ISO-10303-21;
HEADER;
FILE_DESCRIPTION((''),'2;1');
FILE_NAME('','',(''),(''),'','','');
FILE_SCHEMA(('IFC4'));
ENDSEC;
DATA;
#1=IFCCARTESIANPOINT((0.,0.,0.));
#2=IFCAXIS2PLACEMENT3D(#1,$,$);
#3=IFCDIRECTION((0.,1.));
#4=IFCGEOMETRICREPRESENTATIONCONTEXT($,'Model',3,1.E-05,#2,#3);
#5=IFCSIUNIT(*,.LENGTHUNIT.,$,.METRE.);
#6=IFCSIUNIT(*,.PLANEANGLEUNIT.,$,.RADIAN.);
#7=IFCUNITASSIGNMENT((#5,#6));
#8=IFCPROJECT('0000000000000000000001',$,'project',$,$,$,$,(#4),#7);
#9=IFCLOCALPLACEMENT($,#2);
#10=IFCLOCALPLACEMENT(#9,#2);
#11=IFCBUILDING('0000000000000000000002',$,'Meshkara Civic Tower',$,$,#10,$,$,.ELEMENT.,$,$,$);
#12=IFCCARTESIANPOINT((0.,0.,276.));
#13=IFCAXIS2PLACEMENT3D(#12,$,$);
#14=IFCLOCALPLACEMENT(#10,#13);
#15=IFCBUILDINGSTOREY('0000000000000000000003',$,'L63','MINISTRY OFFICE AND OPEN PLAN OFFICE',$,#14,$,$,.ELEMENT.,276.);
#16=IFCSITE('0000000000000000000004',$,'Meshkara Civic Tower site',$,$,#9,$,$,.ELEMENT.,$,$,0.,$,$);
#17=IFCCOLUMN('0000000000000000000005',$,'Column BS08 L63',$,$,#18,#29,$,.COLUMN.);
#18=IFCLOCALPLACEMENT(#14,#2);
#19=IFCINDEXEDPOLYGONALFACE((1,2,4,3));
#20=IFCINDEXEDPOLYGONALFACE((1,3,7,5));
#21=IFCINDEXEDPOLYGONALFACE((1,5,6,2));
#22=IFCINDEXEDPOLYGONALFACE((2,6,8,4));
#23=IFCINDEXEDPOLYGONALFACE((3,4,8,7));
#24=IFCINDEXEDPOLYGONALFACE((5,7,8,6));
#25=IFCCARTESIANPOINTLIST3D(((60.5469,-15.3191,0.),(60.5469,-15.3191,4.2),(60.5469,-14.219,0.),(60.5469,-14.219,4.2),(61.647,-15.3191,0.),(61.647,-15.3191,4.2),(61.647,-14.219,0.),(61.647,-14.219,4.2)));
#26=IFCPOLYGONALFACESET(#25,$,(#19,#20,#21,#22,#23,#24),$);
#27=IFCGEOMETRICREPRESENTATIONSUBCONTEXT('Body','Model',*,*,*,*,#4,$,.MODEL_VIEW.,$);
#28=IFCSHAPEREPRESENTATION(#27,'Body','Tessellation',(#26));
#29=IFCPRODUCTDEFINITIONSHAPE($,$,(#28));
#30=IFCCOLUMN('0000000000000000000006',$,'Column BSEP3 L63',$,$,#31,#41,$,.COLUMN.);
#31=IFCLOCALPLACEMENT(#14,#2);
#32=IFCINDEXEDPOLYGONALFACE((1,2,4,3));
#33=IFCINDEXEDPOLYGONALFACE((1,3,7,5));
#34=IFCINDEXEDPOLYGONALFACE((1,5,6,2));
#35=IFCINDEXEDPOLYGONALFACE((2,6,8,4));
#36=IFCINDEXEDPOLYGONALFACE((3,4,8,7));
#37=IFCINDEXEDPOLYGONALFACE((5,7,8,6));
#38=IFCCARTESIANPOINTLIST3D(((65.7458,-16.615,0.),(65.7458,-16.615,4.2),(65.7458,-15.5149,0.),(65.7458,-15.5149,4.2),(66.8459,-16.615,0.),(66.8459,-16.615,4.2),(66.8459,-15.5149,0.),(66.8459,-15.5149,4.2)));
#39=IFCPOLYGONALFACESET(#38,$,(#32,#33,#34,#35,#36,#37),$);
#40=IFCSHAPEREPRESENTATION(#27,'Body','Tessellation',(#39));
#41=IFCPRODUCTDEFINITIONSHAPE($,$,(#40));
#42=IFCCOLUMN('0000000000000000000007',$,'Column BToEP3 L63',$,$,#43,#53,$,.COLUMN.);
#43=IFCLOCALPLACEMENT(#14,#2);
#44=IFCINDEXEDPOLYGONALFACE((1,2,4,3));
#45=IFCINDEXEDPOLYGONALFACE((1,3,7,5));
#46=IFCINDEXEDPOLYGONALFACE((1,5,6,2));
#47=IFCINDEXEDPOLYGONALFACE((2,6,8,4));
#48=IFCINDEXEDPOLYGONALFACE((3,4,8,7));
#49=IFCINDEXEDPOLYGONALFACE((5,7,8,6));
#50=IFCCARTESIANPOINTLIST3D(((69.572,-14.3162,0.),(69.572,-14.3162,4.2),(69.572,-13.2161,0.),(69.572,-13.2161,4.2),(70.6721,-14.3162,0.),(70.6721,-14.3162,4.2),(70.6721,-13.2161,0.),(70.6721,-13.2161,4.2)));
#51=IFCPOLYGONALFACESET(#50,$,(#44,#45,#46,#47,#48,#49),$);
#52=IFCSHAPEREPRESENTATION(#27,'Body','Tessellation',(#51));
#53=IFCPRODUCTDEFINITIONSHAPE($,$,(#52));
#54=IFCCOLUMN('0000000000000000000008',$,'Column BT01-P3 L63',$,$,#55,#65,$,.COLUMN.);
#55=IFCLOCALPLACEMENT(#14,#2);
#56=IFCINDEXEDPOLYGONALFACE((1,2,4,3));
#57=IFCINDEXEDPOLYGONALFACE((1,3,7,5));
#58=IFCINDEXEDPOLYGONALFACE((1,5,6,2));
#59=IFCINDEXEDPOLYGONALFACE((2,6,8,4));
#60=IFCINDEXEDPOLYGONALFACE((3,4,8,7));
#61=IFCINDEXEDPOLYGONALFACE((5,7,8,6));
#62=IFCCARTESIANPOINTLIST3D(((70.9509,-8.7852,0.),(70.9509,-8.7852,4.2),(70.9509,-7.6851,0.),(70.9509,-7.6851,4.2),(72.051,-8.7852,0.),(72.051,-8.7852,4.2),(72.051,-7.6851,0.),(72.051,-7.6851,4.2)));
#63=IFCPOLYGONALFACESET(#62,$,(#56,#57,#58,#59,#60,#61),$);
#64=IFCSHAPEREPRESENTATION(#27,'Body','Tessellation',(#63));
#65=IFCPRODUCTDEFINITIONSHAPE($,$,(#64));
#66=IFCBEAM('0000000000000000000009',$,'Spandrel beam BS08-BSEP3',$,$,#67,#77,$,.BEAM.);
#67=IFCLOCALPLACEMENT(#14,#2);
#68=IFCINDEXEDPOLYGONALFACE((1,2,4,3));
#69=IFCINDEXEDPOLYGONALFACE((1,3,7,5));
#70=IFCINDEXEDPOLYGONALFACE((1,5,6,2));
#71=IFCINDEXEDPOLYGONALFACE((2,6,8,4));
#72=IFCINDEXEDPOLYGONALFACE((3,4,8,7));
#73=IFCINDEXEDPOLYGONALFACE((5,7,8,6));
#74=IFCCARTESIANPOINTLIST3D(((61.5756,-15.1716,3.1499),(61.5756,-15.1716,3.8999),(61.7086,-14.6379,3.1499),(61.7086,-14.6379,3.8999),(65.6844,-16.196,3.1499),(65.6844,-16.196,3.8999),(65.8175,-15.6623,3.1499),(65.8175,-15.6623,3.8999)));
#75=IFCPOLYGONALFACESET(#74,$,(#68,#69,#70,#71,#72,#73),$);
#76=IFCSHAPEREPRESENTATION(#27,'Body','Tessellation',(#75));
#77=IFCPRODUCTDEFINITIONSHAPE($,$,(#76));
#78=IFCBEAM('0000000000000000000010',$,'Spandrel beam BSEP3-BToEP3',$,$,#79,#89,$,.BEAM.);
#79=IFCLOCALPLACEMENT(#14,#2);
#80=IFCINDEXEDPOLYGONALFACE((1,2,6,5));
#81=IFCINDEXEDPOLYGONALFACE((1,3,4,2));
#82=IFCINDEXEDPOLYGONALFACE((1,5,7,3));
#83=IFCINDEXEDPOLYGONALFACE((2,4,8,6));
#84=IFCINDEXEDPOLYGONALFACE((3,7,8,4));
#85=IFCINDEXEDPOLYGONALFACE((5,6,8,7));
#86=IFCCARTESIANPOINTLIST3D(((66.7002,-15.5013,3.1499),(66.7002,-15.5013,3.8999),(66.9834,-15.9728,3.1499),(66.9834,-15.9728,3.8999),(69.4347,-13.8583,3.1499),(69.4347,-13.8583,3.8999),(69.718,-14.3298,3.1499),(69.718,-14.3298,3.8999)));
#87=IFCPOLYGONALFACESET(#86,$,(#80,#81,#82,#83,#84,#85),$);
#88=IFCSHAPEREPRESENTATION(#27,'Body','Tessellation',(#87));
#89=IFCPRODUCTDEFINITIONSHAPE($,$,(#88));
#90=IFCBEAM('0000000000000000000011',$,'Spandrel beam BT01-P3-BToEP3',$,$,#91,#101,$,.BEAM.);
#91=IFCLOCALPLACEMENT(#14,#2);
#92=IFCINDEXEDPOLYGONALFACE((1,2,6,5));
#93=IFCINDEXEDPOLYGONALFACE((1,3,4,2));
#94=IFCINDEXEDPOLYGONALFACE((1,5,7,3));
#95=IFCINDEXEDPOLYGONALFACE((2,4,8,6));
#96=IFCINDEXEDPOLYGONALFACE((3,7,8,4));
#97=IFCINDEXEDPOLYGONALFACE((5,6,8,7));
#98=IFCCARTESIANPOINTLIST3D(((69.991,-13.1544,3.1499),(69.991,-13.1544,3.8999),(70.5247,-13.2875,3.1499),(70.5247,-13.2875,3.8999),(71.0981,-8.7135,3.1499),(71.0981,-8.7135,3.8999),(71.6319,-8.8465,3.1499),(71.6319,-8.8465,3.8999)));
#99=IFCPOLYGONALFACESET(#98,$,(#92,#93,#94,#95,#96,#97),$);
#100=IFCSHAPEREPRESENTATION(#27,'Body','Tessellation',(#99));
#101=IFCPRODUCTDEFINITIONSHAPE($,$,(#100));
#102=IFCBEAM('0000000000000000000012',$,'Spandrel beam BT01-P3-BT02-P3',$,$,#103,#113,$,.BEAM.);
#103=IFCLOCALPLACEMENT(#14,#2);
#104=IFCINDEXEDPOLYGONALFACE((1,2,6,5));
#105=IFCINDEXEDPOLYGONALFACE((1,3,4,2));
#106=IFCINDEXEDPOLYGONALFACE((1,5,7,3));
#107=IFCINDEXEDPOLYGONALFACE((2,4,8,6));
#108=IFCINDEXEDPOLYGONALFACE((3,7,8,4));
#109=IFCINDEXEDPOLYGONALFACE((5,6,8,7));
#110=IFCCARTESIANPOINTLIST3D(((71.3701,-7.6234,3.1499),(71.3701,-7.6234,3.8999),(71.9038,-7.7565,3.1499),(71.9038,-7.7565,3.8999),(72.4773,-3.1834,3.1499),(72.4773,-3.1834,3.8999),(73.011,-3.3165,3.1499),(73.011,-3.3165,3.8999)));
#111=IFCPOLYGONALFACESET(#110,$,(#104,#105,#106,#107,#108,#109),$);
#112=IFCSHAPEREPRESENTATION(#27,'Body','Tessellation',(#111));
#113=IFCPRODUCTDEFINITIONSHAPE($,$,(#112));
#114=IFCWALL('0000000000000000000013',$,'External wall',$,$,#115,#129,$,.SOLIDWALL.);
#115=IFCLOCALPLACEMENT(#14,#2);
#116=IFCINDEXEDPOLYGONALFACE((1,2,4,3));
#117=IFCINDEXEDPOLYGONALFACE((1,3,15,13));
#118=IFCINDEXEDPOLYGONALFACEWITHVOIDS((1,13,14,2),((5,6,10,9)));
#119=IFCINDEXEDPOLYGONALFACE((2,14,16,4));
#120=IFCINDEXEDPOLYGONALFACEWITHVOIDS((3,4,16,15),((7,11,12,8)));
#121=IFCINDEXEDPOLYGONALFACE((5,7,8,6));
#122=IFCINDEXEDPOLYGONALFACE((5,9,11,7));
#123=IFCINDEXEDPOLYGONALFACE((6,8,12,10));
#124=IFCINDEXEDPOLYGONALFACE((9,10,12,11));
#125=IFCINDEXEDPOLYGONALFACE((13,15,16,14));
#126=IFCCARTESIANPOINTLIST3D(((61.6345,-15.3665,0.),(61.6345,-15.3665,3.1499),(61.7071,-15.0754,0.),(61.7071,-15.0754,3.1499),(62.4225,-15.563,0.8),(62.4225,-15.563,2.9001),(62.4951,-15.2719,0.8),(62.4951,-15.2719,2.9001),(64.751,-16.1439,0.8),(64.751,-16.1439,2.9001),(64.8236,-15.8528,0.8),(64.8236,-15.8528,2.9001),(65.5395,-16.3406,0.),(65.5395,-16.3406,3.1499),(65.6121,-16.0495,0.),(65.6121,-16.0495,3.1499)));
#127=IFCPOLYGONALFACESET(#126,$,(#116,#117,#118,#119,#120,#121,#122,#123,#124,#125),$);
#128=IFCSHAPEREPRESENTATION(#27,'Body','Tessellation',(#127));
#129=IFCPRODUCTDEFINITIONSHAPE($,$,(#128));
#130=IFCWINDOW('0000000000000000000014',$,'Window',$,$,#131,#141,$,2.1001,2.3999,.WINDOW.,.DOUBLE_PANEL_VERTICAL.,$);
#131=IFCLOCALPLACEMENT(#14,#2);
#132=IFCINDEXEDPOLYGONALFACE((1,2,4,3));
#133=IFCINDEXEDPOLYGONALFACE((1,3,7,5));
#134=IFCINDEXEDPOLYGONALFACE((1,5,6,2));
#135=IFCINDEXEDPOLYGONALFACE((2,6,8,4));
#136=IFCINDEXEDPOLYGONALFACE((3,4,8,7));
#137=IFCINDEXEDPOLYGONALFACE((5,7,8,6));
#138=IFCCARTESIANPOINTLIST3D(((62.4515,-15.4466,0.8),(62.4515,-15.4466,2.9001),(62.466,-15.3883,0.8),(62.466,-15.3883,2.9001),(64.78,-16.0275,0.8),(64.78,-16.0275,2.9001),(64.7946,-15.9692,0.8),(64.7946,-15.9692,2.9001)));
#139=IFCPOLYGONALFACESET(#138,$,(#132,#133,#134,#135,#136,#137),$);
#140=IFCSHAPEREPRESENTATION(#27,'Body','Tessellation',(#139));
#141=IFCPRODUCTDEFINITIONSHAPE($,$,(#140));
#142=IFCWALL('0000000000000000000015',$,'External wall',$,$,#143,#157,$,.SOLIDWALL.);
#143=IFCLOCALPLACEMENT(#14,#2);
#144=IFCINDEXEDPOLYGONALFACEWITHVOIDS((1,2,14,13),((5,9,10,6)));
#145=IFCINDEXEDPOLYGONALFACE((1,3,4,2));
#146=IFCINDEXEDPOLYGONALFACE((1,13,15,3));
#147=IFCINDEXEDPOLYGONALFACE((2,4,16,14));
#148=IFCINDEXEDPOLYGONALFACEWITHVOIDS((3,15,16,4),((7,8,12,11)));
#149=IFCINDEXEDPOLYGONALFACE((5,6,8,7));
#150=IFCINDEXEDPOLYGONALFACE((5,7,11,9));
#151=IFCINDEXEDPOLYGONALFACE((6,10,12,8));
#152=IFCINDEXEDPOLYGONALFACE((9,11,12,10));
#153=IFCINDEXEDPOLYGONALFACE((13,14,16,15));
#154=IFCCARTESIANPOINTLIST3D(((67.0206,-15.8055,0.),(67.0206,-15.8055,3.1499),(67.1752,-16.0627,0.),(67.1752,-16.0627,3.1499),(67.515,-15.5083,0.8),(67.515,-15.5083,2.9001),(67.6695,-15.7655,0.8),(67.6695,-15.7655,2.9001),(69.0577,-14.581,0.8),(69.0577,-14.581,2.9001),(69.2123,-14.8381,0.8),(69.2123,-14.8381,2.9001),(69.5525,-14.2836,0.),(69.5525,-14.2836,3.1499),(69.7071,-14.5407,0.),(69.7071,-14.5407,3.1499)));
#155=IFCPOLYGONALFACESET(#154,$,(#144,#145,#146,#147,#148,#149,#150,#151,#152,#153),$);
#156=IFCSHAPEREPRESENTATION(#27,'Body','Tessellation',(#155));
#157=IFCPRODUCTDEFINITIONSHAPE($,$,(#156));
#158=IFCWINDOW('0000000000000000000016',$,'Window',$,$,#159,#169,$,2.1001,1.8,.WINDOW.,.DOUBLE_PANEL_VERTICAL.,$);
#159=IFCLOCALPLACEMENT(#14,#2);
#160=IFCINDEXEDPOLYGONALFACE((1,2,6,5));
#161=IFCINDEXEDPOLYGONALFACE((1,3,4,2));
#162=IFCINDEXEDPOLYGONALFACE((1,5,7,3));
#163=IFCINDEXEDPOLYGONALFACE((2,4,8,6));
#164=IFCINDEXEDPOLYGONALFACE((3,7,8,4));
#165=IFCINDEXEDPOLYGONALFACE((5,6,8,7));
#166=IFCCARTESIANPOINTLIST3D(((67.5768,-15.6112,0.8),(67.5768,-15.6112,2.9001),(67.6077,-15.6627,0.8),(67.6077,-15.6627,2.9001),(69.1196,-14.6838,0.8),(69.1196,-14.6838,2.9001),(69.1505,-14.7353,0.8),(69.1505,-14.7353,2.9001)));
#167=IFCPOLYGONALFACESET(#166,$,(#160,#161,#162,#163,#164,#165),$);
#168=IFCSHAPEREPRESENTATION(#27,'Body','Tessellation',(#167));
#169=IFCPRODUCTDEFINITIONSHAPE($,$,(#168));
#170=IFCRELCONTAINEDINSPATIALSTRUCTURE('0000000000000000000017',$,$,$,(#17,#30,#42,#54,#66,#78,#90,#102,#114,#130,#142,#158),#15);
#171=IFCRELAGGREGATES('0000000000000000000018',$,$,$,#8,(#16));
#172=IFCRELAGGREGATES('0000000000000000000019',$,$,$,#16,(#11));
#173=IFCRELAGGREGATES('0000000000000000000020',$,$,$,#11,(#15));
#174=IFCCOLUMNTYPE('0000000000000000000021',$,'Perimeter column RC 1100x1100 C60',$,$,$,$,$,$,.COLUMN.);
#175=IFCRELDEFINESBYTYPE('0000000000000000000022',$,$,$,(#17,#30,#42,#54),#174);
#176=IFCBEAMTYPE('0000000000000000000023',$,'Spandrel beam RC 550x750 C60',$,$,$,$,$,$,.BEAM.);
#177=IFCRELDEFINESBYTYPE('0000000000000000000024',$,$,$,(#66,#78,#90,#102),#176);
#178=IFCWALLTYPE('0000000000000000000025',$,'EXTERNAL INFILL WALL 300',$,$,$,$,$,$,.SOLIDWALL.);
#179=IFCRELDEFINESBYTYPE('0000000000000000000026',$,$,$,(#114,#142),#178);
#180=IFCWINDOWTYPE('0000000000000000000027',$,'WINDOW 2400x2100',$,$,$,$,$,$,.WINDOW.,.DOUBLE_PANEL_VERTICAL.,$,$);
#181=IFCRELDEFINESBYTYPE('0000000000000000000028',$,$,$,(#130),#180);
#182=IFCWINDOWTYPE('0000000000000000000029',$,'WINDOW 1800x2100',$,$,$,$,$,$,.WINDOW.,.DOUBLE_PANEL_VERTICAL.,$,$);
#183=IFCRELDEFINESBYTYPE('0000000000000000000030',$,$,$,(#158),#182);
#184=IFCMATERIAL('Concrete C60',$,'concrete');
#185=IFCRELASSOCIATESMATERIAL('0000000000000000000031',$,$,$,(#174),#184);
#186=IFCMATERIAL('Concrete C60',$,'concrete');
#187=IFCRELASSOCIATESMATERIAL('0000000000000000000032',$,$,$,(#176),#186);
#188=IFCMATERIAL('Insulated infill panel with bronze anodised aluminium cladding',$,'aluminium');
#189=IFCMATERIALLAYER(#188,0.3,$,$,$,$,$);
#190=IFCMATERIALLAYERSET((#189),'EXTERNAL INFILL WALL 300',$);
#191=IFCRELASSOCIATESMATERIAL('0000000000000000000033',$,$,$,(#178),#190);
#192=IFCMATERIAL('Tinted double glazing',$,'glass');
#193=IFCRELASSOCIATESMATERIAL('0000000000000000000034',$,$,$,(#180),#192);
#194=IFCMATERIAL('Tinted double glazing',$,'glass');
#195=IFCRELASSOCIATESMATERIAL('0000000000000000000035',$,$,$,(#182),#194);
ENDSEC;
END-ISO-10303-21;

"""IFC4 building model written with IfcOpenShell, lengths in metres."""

from ifc_helpers import new_model, si_unit, direction, frame, frame_2d, origin, origin_2d, place, context, subcontext, project, spatial, rectangle, extrude, material, layer, layer_set, material_profile, profile_set, type_object, element, fill, save


model = new_model("IFC4")

# Units and contexts
model_context = context("Model", 3, precision=1e-05, world=origin(), true_north=direction((0.0, 1.0)))
body_context = subcontext(model_context, "Body", "Model", "MODEL_VIEW")
ifc_project = project(units=[si_unit("LENGTHUNIT", "METRE"), si_unit("PLANEANGLEUNIT", "RADIAN")], contexts=[model_context])

# Site, building, storey
site_placement = place(None, origin())
site = spatial("IfcSite", under=ifc_project, at=site_placement, Name="Meshkara Civic Tower site", CompositionType="ELEMENT", RefElevation=0.0)
building_placement = place(site_placement, origin())
building = spatial("IfcBuilding", under=site, at=building_placement, Name="Meshkara Civic Tower", CompositionType="ELEMENT")
storey_placement = place(building_placement, frame((0.0, 0.0, 276.0)))
storey = spatial("IfcBuildingStorey", under=building, at=storey_placement, Name="L63", Description="MINISTRY OFFICE AND OPEN PLAN OFFICE", CompositionType="ELEMENT", Elevation=276.0)

# Columns
ifc_material_1 = material(Name="Concrete C60", Category="concrete")
ifc_material_profile_1 = material_profile(ifc_material_1, rectangle(XDim=1.1001, YDim=1.1001, at=origin_2d()))
ifc_profile_set_1 = profile_set([ifc_material_profile_1], Name="Concrete C60")
column_type = type_object("IfcColumnType", Name="Perimeter column RC 1100x1100 C60", PredefinedType="COLUMN", material=ifc_profile_set_1)
for number, where, z_axis, x_axis, name in (
    (1, (61.0969, -14.769, 0.0), (0.0, 0.0, 1.0), (1.0, 0.0, 0.0), "Column BS08 L63"),
    (2, (66.2959, -16.0649, 0.0), (0.0, 0.0, 1.0), (1.0, 0.0, 0.0), "Column BSEP3 L63"),
    (3, (70.1221, -13.7661, 0.0), (0.0, 0.0, 1.0), (1.0, 0.0, 0.0), "Column BToEP3 L63"),
    (4, (71.501, -8.2351, 0.0), (0.0, 0.0, 1.0), (1.0, 0.0, 0.0), "Column BT01-P3 L63"),
):
    element("IfcColumn", number, at=place(storey_placement, frame(where, z_axis=z_axis, x_axis=x_axis)), inside=storey, type_object=column_type, Name=name, PredefinedType="COLUMN", context=body_context, shape_type="SweptSolid", body=[
        extrude(rectangle(XDim=1.1001, YDim=1.1001, at=origin_2d()), origin(), (0.0, 0.0, 1.0), 4.2),
    ])

# Beams
ifc_material_2 = material(Name="Concrete C60", Category="concrete")
ifc_material_profile_2 = material_profile(ifc_material_2, rectangle(XDim=0.55, YDim=0.75, at=origin_2d()))
ifc_profile_set_2 = profile_set([ifc_material_profile_2], Name="Concrete C60")
beam_type = type_object("IfcBeamType", Name="Spandrel beam RC 550x750 C60", PredefinedType="BEAM", material=ifc_profile_set_2)
beam_1_placement = place(storey_placement, frame((61.6421, -14.9048, 3.5249), z_axis=(0.970298, -0.241912, 0.0), x_axis=(0.241912, 0.970298, 0.0)))
element("IfcBeam", 5, at=beam_1_placement, inside=storey, type_object=beam_type, Name="Spandrel beam BS08-BSEP3", PredefinedType="BEAM", context=body_context, shape_type="SweptSolid", body=[
    extrude(rectangle(XDim=0.55, YDim=0.75, at=origin_2d()), origin(), (0.0, 0.0, 1.0), 4.2346),
])
beam_2_placement = place(storey_placement, frame((66.8418, -15.7371, 3.5249), z_axis=(0.857175, 0.515025, 0.0), x_axis=(-0.515025, 0.857175, 0.0)))
element("IfcBeam", 6, at=beam_2_placement, inside=storey, type_object=beam_type, Name="Spandrel beam BSEP3-BToEP3", PredefinedType="BEAM", context=body_context, shape_type="SweptSolid", body=[
    extrude(rectangle(XDim=0.55, YDim=0.75, at=origin_2d()), origin(), (0.0, 0.0, 1.0), 3.1902),
])
beam_3_placement = place(storey_placement, frame((70.2578, -13.2209, 3.5249), z_axis=(0.241908, 0.970299, 0.0), x_axis=(-0.970299, 0.241908, 0.0)))
element("IfcBeam", 7, at=beam_3_placement, inside=storey, type_object=beam_type, Name="Spandrel beam BT01-P3-BToEP3", PredefinedType="BEAM", context=body_context, shape_type="SweptSolid", body=[
    extrude(rectangle(XDim=0.55, YDim=0.75, at=origin_2d()), origin(), (0.0, 0.0, 1.0), 4.5769),
])
beam_4_placement = place(storey_placement, frame((71.637, -7.6899, 3.5249), z_axis=(0.241958, 0.970287, 0.0), x_axis=(-0.970287, 0.241958, 0.0)))
element("IfcBeam", 8, at=beam_4_placement, inside=storey, type_object=beam_type, Name="Spandrel beam BT01-P3-BT02-P3", PredefinedType="BEAM", context=body_context, shape_type="SweptSolid", body=[
    extrude(rectangle(XDim=0.55, YDim=0.75, at=origin_2d()), origin(), (0.0, 0.0, 1.0), 4.5759),
])

# Walls, openings, windows
ifc_material_3 = material(Name="Insulated infill panel with bronze anodised aluminium cladding", Category="aluminium")
ifc_layer_1 = layer(ifc_material_3, 0.3)
ifc_layer_set_1 = layer_set([ifc_layer_1], Name="EXTERNAL INFILL WALL 300")
wall_type_1 = type_object("IfcWallType", Name="EXTERNAL INFILL WALL 300", PredefinedType="SOLIDWALL", material=ifc_layer_set_1)
wall_1_placement = place(storey_placement, frame((61.6709, -15.2209, 0.0), z_axis=(0.0, 0.0, 1.0), x_axis=(0.970267, -0.242036, 0.0)))
wall_1 = element("IfcWall", 9, at=wall_1_placement, inside=storey, type_object=wall_type_1, Name="External wall", PredefinedType="SOLIDWALL", context=body_context, shape_type="SweptSolid", body=[
    extrude(rectangle(XDim=4.0247, YDim=0.3, at=frame_2d((2.0122, 0.0))), origin(), (0.0, 0.0, 1.0), 3.1499),
])
opening_1_placement = place(wall_1_placement, frame((0.812, 0.0, 0.8)))
opening_1 = element("IfcOpeningElement", 10, at=opening_1_placement, cuts=wall_1, PredefinedType="OPENING", context=body_context, shape_type="SweptSolid", body=[
    extrude(rectangle(XDim=2.3999, YDim=2.1001, at=frame_2d((1.2, 1.05))), frame((0.0, 0.1599, 0.0), z_axis=(0.0, -1.0, 0.0), x_axis=(1.0, 0.0, 0.0)), (0.0, 0.0, 1.0), 0.3201),
])
ifc_material_4 = material(Name="Tinted double glazing", Category="glass")
window_type_1 = type_object("IfcWindowType", Name="WINDOW 2400x2100", PartitioningType="DOUBLE_PANEL_VERTICAL", PredefinedType="WINDOW", material=ifc_material_4)
window_1_placement = place(opening_1_placement, origin())
window_1 = element("IfcWindow", 11, at=window_1_placement, inside=storey, type_object=window_type_1, Name="Window", OverallHeight=2.1001, OverallWidth=2.3999, PartitioningType="DOUBLE_PANEL_VERTICAL", PredefinedType="WINDOW", context=body_context, shape_type="SweptSolid", body=[
    extrude(rectangle(XDim=2.3999, YDim=2.1001, at=frame_2d((1.2, 1.05))), frame((0.0, 0.03, 0.0), z_axis=(0.0, -1.0, 0.0), x_axis=(1.0, 0.0, 0.0)), (0.0, 0.0, 1.0), 0.0601),
])
fill(opening_1, window_1)
wall_2_placement = place(storey_placement, frame((67.0979, -15.9341, 0.0), z_axis=(0.0, 0.0, 1.0), x_axis=(0.857077, 0.515188, 0.0)))
wall_2 = element("IfcWall", 12, at=wall_2_placement, inside=storey, type_object=wall_type_1, Name="External wall", PredefinedType="SOLIDWALL", context=body_context, shape_type="SweptSolid", body=[
    extrude(rectangle(XDim=2.9541, YDim=0.3, at=frame_2d((1.4771, 0.0))), origin(), (0.0, 0.0, 1.0), 3.1499),
])
opening_2_placement = place(wall_2_placement, frame((0.5769, 0.0, 0.8)))
opening_2 = element("IfcOpeningElement", 13, at=opening_2_placement, cuts=wall_2, PredefinedType="OPENING", context=body_context, shape_type="SweptSolid", body=[
    extrude(rectangle(XDim=1.8, YDim=2.1001, at=frame_2d((0.8999, 1.05))), frame((0.0, 0.1599, 0.0), z_axis=(0.0, -1.0, 0.0), x_axis=(1.0, 0.0, 0.0)), (0.0, 0.0, 1.0), 0.3201),
])
ifc_material_5 = material(Name="Tinted double glazing", Category="glass")
window_type_2 = type_object("IfcWindowType", Name="WINDOW 1800x2100", PartitioningType="DOUBLE_PANEL_VERTICAL", PredefinedType="WINDOW", material=ifc_material_5)
window_2_placement = place(opening_2_placement, origin())
window_2 = element("IfcWindow", 14, at=window_2_placement, inside=storey, type_object=window_type_2, Name="Window", OverallHeight=2.1001, OverallWidth=1.8, PartitioningType="DOUBLE_PANEL_VERTICAL", PredefinedType="WINDOW", context=body_context, shape_type="SweptSolid", body=[
    extrude(rectangle(XDim=1.8, YDim=2.1001, at=frame_2d((0.8999, 1.05))), frame((0.0, 0.03, 0.0), z_axis=(0.0, -1.0, 0.0), x_axis=(1.0, 0.0, 0.0)), (0.0, 0.0, 1.0), 0.0601),
])
fill(opening_2, window_2)

save(model, "model.ifc")
